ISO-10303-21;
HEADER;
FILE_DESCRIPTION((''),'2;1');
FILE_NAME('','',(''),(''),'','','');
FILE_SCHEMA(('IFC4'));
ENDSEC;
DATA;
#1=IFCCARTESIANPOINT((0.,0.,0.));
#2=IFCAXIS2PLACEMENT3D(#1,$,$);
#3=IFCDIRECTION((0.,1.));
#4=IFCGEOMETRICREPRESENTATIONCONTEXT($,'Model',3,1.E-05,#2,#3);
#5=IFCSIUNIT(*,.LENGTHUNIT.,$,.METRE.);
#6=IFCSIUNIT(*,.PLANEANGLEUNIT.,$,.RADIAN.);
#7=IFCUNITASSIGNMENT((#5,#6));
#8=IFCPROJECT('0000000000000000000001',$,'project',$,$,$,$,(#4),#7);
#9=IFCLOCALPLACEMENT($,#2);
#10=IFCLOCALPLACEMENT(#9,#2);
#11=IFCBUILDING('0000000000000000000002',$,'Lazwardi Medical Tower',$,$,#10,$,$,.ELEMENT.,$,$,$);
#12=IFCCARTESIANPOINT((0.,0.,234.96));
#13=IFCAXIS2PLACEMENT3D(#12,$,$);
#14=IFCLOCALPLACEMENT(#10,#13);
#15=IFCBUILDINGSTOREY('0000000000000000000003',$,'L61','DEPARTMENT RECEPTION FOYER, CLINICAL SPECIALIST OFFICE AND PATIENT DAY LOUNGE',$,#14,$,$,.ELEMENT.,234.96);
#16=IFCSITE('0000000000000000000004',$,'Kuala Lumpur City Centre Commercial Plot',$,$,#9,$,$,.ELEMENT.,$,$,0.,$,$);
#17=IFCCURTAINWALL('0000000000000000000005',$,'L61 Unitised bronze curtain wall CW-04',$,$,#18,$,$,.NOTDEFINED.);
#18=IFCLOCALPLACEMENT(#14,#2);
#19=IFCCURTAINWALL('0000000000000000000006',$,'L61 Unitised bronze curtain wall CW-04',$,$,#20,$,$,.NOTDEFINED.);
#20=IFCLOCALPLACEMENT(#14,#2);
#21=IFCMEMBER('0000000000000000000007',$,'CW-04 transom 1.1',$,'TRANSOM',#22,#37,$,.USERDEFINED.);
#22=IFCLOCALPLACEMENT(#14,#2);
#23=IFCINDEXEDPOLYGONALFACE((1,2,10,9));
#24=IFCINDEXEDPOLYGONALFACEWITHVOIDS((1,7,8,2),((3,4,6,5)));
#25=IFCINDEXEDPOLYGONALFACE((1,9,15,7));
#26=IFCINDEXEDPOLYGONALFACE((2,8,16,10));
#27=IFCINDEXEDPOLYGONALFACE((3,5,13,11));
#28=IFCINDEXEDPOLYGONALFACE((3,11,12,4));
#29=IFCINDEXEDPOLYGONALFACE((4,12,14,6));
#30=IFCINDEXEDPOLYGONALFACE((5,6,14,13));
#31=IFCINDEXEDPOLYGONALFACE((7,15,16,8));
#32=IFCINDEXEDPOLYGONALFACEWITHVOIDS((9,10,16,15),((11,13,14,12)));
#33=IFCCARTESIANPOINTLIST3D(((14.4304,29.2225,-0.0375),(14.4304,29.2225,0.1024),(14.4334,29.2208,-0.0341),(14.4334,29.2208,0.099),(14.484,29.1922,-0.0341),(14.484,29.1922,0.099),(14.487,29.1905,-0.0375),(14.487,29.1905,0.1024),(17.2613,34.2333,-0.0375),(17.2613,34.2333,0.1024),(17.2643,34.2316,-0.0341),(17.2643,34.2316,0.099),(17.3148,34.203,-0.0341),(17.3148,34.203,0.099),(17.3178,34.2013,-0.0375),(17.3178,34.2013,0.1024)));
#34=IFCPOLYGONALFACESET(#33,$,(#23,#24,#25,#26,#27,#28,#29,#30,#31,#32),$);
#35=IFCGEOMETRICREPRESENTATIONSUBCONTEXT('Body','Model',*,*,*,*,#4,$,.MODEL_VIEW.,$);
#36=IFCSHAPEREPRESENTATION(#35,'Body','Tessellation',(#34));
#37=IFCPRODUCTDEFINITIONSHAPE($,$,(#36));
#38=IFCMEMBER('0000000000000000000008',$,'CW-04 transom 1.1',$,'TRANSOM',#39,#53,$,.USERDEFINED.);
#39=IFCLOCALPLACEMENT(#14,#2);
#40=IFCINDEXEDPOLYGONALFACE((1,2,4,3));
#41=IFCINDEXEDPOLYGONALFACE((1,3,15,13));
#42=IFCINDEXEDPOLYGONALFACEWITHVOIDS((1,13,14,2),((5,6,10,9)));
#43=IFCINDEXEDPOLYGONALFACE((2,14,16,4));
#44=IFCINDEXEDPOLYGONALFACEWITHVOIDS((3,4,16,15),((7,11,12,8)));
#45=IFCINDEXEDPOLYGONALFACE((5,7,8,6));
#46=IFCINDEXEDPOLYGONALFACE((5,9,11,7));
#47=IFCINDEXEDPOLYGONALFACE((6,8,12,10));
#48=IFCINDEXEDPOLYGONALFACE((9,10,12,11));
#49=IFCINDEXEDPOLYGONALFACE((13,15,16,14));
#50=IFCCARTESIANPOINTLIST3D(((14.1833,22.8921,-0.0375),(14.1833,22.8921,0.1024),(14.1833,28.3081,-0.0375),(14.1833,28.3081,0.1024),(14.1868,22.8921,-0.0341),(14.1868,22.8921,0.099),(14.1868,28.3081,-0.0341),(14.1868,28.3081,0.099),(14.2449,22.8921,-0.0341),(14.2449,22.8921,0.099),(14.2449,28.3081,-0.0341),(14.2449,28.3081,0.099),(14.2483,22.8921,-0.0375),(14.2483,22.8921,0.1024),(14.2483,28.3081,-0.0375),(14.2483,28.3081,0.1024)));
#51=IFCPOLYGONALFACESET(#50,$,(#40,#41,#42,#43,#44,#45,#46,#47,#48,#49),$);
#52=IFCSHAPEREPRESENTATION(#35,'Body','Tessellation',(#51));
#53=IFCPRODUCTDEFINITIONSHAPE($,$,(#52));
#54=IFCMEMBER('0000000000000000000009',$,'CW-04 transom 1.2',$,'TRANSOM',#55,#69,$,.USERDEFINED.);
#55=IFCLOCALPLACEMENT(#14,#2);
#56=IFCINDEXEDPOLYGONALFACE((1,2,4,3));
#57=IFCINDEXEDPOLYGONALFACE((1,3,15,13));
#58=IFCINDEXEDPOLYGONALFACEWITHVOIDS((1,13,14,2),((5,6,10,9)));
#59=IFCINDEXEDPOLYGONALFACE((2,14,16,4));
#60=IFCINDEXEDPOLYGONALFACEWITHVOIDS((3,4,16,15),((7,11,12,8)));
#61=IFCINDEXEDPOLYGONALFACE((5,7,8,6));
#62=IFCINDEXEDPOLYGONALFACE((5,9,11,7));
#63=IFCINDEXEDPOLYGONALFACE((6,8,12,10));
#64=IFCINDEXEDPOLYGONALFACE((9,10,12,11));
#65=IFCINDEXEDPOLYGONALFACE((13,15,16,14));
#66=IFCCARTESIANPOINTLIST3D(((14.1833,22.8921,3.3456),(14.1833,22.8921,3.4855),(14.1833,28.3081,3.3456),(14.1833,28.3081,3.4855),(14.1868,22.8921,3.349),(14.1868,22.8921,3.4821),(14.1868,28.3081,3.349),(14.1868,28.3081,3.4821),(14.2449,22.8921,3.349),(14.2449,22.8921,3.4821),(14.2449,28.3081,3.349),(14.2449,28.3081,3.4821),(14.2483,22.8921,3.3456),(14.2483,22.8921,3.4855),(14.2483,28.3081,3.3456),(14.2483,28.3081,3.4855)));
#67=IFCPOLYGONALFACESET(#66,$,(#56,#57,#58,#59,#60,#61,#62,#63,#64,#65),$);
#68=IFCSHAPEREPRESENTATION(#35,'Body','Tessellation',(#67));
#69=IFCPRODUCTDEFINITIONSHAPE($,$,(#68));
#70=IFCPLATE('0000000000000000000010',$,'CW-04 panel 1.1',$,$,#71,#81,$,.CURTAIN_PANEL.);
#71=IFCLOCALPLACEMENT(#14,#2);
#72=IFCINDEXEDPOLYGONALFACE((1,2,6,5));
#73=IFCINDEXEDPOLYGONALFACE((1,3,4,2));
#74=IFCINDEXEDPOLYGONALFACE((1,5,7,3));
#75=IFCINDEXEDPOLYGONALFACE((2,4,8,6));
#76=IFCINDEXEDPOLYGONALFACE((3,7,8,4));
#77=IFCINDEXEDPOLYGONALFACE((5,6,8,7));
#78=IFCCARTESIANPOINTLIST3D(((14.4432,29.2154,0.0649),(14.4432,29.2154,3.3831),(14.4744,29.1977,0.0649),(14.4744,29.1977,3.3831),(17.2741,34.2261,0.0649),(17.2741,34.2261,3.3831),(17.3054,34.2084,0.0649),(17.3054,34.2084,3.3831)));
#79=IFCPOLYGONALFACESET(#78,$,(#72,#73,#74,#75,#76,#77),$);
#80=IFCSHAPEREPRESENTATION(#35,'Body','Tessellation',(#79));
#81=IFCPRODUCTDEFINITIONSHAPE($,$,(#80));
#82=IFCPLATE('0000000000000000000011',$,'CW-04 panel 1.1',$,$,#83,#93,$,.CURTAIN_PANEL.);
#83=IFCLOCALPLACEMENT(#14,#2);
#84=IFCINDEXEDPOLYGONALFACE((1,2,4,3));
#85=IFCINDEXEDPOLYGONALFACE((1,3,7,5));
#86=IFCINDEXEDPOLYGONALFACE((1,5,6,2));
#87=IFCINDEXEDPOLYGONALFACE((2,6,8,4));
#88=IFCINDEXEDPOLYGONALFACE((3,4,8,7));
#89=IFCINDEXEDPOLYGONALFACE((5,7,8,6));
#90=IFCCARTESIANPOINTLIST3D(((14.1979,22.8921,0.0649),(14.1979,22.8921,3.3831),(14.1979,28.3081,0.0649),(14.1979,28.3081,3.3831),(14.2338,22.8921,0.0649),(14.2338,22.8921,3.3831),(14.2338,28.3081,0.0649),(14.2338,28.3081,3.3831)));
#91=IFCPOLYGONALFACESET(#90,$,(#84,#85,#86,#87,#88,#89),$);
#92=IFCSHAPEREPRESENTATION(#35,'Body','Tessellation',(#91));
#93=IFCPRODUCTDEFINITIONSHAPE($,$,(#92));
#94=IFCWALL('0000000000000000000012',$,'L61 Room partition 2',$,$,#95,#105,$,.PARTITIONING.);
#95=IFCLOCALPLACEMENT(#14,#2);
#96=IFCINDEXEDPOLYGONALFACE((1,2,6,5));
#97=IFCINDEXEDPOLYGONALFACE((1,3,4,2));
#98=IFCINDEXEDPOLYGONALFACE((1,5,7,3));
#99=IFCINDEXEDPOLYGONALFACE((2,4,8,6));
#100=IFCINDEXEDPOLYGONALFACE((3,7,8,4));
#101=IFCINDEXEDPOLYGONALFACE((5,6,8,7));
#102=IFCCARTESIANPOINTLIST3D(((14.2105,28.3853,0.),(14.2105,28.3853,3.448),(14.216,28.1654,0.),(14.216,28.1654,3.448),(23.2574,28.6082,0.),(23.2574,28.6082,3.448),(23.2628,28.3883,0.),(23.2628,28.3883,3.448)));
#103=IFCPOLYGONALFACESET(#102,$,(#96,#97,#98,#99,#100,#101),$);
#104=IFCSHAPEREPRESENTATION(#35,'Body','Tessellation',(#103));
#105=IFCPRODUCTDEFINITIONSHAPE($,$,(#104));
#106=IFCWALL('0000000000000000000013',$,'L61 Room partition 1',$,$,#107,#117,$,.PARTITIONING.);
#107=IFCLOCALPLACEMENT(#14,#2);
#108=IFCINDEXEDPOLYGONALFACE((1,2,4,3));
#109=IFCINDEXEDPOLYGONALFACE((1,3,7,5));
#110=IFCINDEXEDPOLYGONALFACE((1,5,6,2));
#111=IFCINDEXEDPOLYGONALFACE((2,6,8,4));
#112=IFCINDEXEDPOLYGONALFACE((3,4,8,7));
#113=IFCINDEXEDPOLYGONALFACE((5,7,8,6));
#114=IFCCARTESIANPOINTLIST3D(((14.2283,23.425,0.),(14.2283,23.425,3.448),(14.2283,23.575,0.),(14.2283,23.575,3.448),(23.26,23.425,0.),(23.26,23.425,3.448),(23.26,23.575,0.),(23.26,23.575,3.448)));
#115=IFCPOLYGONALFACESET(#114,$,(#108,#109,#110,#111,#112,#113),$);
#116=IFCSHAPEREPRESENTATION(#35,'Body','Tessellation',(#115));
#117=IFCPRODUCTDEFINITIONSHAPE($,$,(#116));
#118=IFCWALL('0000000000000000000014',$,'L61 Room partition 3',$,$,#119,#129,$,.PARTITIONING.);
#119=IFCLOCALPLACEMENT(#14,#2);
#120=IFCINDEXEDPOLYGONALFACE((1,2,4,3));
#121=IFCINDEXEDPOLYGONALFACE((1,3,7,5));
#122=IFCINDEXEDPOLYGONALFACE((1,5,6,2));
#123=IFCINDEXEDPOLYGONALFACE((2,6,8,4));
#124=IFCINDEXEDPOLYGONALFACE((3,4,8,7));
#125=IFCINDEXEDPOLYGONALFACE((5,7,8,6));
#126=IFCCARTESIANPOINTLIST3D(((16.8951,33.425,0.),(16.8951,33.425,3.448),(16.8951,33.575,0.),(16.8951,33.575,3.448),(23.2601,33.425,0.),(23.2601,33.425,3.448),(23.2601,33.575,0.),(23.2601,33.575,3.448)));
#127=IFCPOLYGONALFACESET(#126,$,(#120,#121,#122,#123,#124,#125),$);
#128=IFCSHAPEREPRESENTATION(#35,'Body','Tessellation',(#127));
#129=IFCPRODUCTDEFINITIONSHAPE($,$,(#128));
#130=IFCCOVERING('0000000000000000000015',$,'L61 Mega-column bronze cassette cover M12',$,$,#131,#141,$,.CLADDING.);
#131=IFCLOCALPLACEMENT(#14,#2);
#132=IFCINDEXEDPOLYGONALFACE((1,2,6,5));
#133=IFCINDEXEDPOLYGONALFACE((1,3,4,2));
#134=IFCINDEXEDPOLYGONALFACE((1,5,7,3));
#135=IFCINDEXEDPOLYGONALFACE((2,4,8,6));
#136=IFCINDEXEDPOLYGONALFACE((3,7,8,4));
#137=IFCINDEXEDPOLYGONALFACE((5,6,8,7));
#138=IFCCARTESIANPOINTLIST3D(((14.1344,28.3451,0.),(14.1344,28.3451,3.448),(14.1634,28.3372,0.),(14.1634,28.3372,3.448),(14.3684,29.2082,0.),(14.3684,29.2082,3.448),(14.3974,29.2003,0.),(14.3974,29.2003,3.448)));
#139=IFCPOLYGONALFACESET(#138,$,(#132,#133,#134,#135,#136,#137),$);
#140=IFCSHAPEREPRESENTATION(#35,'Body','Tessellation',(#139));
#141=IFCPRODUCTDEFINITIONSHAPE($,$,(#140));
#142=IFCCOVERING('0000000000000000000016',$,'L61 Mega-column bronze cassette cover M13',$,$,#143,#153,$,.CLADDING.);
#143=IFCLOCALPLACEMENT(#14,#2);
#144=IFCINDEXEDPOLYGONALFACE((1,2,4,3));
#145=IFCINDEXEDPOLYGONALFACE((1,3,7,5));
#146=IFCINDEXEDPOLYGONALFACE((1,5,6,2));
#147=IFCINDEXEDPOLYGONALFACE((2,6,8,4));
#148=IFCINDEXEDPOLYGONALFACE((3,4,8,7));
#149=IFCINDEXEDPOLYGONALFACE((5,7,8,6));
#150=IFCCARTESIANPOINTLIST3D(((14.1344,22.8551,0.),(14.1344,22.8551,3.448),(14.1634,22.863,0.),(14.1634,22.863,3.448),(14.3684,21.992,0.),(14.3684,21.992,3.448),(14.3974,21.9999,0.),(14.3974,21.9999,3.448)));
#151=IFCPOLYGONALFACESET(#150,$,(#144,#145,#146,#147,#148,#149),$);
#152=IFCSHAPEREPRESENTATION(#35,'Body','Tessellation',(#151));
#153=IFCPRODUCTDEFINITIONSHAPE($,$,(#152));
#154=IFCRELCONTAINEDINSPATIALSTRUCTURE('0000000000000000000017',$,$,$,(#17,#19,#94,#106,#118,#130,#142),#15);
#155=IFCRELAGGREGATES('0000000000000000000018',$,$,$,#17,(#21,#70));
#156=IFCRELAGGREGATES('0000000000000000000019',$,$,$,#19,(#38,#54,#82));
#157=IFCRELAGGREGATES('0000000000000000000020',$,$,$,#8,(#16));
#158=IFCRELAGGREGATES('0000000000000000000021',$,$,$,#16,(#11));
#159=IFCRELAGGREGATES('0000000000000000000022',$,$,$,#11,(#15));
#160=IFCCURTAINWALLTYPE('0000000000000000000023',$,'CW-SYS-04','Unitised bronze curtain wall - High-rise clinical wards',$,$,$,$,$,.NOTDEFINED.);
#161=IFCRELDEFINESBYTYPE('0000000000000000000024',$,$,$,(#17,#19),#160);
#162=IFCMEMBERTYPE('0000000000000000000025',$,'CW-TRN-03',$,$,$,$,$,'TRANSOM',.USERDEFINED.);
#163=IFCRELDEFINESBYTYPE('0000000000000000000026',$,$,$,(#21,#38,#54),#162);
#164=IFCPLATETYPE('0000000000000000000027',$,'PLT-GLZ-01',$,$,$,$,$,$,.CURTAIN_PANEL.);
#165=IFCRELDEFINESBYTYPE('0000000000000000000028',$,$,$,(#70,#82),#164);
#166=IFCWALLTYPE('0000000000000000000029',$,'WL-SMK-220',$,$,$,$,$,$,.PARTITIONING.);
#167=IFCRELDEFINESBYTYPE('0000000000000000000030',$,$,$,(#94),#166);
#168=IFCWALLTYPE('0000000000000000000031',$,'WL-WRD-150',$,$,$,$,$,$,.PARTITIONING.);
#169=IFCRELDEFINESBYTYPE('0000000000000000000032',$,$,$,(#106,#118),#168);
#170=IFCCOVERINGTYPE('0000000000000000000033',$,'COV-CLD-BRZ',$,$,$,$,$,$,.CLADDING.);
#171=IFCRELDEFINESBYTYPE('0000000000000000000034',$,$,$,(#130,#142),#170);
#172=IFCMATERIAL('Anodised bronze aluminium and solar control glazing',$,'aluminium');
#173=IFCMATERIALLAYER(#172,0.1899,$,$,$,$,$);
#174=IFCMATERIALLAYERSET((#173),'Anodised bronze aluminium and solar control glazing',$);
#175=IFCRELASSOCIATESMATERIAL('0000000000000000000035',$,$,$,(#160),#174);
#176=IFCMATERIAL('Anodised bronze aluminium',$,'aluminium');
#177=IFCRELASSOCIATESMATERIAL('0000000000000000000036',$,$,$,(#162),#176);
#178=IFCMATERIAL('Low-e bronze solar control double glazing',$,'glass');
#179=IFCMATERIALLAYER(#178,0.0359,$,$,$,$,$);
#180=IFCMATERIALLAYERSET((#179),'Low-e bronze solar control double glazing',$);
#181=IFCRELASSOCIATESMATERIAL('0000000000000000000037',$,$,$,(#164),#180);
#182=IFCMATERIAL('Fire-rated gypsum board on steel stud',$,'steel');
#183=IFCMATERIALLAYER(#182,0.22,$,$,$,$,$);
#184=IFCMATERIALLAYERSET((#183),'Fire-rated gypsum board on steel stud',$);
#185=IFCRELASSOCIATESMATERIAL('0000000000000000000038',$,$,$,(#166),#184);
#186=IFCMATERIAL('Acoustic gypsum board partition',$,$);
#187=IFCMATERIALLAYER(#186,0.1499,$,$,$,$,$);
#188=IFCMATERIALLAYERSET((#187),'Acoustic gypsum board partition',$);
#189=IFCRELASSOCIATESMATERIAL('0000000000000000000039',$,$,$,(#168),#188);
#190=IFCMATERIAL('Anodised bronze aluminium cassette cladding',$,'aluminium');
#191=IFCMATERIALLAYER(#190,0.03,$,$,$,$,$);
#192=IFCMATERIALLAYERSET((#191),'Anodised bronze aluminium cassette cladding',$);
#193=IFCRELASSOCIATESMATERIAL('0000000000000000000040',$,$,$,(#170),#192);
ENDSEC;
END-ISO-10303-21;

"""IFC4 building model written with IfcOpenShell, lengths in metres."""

from ifc_helpers import new_model, si_unit, direction, frame, frame_2d, origin, origin_2d, place, context, subcontext, project, spatial, rectangle, hollow_rectangle, extrude, material, layer, layer_set, material_profile, profile_set, type_object, element, aggregate, save


model = new_model("IFC4")

# Units and contexts
model_context = context("Model", 3, precision=1e-05, world=origin(), true_north=direction((0.0, 1.0)))
body_context = subcontext(model_context, "Body", "Model", "MODEL_VIEW")
ifc_project = project(units=[si_unit("LENGTHUNIT", "METRE"), si_unit("PLANEANGLEUNIT", "RADIAN")], contexts=[model_context])

# Site, building, storey
site_placement = place(None, origin())
site = spatial("IfcSite", under=ifc_project, at=site_placement, Name="Kuala Lumpur City Centre Commercial Plot", CompositionType="ELEMENT", RefElevation=0.0)
building_placement = place(site_placement, origin())
building = spatial("IfcBuilding", under=site, at=building_placement, Name="Lazwardi Medical Tower", CompositionType="ELEMENT")
storey_placement = place(building_placement, frame((0.0, 0.0, 234.96)))
storey = spatial("IfcBuildingStorey", under=building, at=storey_placement, Name="L61", Description="DEPARTMENT RECEPTION FOYER, CLINICAL SPECIALIST OFFICE AND PATIENT DAY LOUNGE", CompositionType="ELEMENT", Elevation=234.96)

# Curtain wall
ifc_material_1 = material(Name="Anodised bronze aluminium and solar control glazing", Category="aluminium")
ifc_layer_1 = layer(ifc_material_1, 0.1899)
ifc_layer_set_1 = layer_set([ifc_layer_1], Name="Anodised bronze aluminium and solar control glazing")
curtain_wall_type = type_object("IfcCurtainWallType", Name="CW-SYS-04", Description="Unitised bronze curtain wall - High-rise clinical wards", PredefinedType="NOTDEFINED", material=ifc_layer_set_1)
curtain_wall_1_placement = place(storey_placement, origin())
curtain_wall_1 = element("IfcCurtainWall", 1, at=curtain_wall_1_placement, inside=storey, type_object=curtain_wall_type, Name="L61 Unitised bronze curtain wall CW-04", PredefinedType="NOTDEFINED")
ifc_material_2 = material(Name="Anodised bronze aluminium", Category="aluminium")

# Curtain wall
curtain_wall_2_placement = place(storey_placement, origin())
curtain_wall_2 = element("IfcCurtainWall", 2, at=curtain_wall_2_placement, inside=storey, type_object=curtain_wall_type, Name="L61 Unitised bronze curtain wall CW-04", PredefinedType="NOTDEFINED")

# Members
ifc_material_profile_1 = material_profile(ifc_material_2, hollow_rectangle(XDim=0.0649, YDim=0.1399, WallThickness=0.0034, at=origin_2d()), Name="ALU-TRANSOM 140x65x3.5")
ifc_profile_set_1 = profile_set([ifc_material_profile_1], Name="Anodised bronze aluminium")
member_type_1 = type_object("IfcMemberType", Name="CW-TRN-03", ElementType="TRANSOM", PredefinedType="USERDEFINED", material=ifc_profile_set_1)
member_1_placement = place(storey_placement, frame((17.2896, 34.2173, 0.0325), z_axis=(-0.49188, -0.870663, 0.0), x_axis=(0.870663, -0.49188, 0.0)))
member_1 = element("IfcMember", 3, at=member_1_placement, type_object=member_type_1, Name="CW-04 transom 1.1", ObjectType="TRANSOM", PredefinedType="USERDEFINED", context=body_context, shape_type="SweptSolid", body=[
    extrude(hollow_rectangle(XDim=0.0649, YDim=0.1399, WallThickness=0.0034, at=origin_2d()), origin(), (0.0, 0.0, 1.0), 5.7551),
])
member_2_placement = place(storey_placement, frame((14.2158, 28.3081, 0.0325), z_axis=(0.0, -1.0, 0.0), x_axis=(1.0, 0.0, 0.0)))
member_2 = element("IfcMember", 4, at=member_2_placement, type_object=member_type_1, Name="CW-04 transom 1.1", ObjectType="TRANSOM", PredefinedType="USERDEFINED", context=body_context, shape_type="SweptSolid", body=[
    extrude(hollow_rectangle(XDim=0.0649, YDim=0.1399, WallThickness=0.0034, at=origin_2d()), origin(), (0.0, 0.0, 1.0), 5.416),
])
member_3_placement = place(storey_placement, frame((14.2158, 28.3081, 3.4155), z_axis=(0.0, -1.0, 0.0), x_axis=(1.0, 0.0, 0.0)))
member_3 = element("IfcMember", 5, at=member_3_placement, type_object=member_type_1, Name="CW-04 transom 1.2", ObjectType="TRANSOM", PredefinedType="USERDEFINED", context=body_context, shape_type="SweptSolid", body=[
    extrude(hollow_rectangle(XDim=0.0649, YDim=0.1399, WallThickness=0.0034, at=origin_2d()), origin(), (0.0, 0.0, 1.0), 5.416),
])

# Plates
ifc_material_3 = material(Name="Low-e bronze solar control double glazing", Category="glass")
ifc_layer_2 = layer(ifc_material_3, 0.0359)
ifc_layer_set_2 = layer_set([ifc_layer_2], Name="Low-e bronze solar control double glazing")
plate_type = type_object("IfcPlateType", Name="PLT-GLZ-01", PredefinedType="CURTAIN_PANEL", material=ifc_layer_set_2)
plate_1_placement = place(storey_placement, frame((15.8743, 31.7119, 0.0649), z_axis=(0.0, 0.0, 1.0), x_axis=(-0.4919, -0.870651, 0.0)))
plate_1 = element("IfcPlate", 6, at=plate_1_placement, type_object=plate_type, Name="CW-04 panel 1.1", PredefinedType="CURTAIN_PANEL", context=body_context, shape_type="SweptSolid", body=[
    extrude(rectangle(XDim=5.7551, YDim=0.0359, at=origin_2d()), origin(), (0.0, 0.0, 1.0), 3.3181),
])
aggregate(curtain_wall_1, [member_1, plate_1])
plate_2_placement = place(storey_placement, frame((14.2158, 25.6001, 0.0649), z_axis=(0.0, 0.0, 1.0), x_axis=(0.0, -1.0, 0.0)))
plate_2 = element("IfcPlate", 7, at=plate_2_placement, type_object=plate_type, Name="CW-04 panel 1.1", PredefinedType="CURTAIN_PANEL", context=body_context, shape_type="SweptSolid", body=[
    extrude(rectangle(XDim=5.416, YDim=0.0359, at=origin_2d()), origin(), (0.0, 0.0, 1.0), 3.3181),
])
aggregate(curtain_wall_2, [member_2, member_3, plate_2])

# Walls
ifc_material_4 = material(Name="Fire-rated gypsum board on steel stud", Category="steel")
ifc_layer_3 = layer(ifc_material_4, 0.22)
ifc_layer_set_3 = layer_set([ifc_layer_3], Name="Fire-rated gypsum board on steel stud")
wall_type_1 = type_object("IfcWallType", Name="WL-SMK-220", PredefinedType="PARTITIONING", material=ifc_layer_set_3)
wall_1_placement = place(storey_placement, frame((14.2131, 28.2754, 0.0), z_axis=(0.0, 0.0, 1.0), x_axis=(0.999697, 0.024631, 0.0)))
element("IfcWall", 8, at=wall_1_placement, inside=storey, type_object=wall_type_1, Name="L61 Room partition 2", PredefinedType="PARTITIONING", context=body_context, shape_type="SweptSolid", body=[
    extrude(rectangle(XDim=9.0496, YDim=0.22, at=frame_2d((4.5249, 0.0))), origin(), (0.0, 0.0, 1.0), 3.448),
])
ifc_material_5 = material(Name="Acoustic gypsum board partition")
ifc_layer_4 = layer(ifc_material_5, 0.1499)
ifc_layer_set_4 = layer_set([ifc_layer_4], Name="Acoustic gypsum board partition")
wall_type_2 = type_object("IfcWallType", Name="WL-WRD-150", PredefinedType="PARTITIONING", material=ifc_layer_set_4)
wall_2_placement = place(storey_placement, frame((14.2283, 23.5, 0.0), z_axis=(0.0, 0.0, 1.0), x_axis=(1.0, 0.0, 0.0)))
element("IfcWall", 9, at=wall_2_placement, inside=storey, type_object=wall_type_2, Name="L61 Room partition 1", PredefinedType="PARTITIONING", context=body_context, shape_type="SweptSolid", body=[
    extrude(rectangle(XDim=9.0317, YDim=0.1499, at=frame_2d((4.5159, 0.0))), origin(), (0.0, 0.0, 1.0), 3.448),
])
wall_3_placement = place(storey_placement, frame((16.895, 33.5, 0.0), z_axis=(0.0, 0.0, 1.0), x_axis=(1.0, 0.0, 0.0)))
element("IfcWall", 10, at=wall_3_placement, inside=storey, type_object=wall_type_2, Name="L61 Room partition 3", PredefinedType="PARTITIONING", context=body_context, shape_type="SweptSolid", body=[
    extrude(rectangle(XDim=6.365, YDim=0.1499, at=frame_2d((3.1826, 0.0))), origin(), (0.0, 0.0, 1.0), 3.448),
])

# Coverings
ifc_material_6 = material(Name="Anodised bronze aluminium cassette cladding", Category="aluminium")
ifc_layer_5 = layer(ifc_material_6, 0.03)
ifc_layer_set_5 = layer_set([ifc_layer_5], Name="Anodised bronze aluminium cassette cladding")
covering_type = type_object("IfcCoveringType", Name="COV-CLD-BRZ", PredefinedType="CLADDING", material=ifc_layer_set_5)
for number, where, z_axis, x_axis, name in (
    (11, (14.2659, 28.7727, 0.0), (0.0, 0.0, 1.0), (-0.261642, -0.965165, 0.0), "L61 Mega-column bronze cassette cover M12"),
    (12, (14.2659, 22.4275, 0.0), (0.0, 0.0, 1.0), (0.261642, -0.965165, 0.0), "L61 Mega-column bronze cassette cover M13"),
):
    element("IfcCovering", number, at=place(storey_placement, frame(where, z_axis=z_axis, x_axis=x_axis)), inside=storey, type_object=covering_type, Name=name, PredefinedType="CLADDING", context=body_context, shape_type="SweptSolid", body=[
        extrude(rectangle(XDim=0.8943, YDim=0.03, at=origin_2d()), origin(), (0.0, 0.0, 1.0), 3.448),
    ])

save(model, "model.ifc")
